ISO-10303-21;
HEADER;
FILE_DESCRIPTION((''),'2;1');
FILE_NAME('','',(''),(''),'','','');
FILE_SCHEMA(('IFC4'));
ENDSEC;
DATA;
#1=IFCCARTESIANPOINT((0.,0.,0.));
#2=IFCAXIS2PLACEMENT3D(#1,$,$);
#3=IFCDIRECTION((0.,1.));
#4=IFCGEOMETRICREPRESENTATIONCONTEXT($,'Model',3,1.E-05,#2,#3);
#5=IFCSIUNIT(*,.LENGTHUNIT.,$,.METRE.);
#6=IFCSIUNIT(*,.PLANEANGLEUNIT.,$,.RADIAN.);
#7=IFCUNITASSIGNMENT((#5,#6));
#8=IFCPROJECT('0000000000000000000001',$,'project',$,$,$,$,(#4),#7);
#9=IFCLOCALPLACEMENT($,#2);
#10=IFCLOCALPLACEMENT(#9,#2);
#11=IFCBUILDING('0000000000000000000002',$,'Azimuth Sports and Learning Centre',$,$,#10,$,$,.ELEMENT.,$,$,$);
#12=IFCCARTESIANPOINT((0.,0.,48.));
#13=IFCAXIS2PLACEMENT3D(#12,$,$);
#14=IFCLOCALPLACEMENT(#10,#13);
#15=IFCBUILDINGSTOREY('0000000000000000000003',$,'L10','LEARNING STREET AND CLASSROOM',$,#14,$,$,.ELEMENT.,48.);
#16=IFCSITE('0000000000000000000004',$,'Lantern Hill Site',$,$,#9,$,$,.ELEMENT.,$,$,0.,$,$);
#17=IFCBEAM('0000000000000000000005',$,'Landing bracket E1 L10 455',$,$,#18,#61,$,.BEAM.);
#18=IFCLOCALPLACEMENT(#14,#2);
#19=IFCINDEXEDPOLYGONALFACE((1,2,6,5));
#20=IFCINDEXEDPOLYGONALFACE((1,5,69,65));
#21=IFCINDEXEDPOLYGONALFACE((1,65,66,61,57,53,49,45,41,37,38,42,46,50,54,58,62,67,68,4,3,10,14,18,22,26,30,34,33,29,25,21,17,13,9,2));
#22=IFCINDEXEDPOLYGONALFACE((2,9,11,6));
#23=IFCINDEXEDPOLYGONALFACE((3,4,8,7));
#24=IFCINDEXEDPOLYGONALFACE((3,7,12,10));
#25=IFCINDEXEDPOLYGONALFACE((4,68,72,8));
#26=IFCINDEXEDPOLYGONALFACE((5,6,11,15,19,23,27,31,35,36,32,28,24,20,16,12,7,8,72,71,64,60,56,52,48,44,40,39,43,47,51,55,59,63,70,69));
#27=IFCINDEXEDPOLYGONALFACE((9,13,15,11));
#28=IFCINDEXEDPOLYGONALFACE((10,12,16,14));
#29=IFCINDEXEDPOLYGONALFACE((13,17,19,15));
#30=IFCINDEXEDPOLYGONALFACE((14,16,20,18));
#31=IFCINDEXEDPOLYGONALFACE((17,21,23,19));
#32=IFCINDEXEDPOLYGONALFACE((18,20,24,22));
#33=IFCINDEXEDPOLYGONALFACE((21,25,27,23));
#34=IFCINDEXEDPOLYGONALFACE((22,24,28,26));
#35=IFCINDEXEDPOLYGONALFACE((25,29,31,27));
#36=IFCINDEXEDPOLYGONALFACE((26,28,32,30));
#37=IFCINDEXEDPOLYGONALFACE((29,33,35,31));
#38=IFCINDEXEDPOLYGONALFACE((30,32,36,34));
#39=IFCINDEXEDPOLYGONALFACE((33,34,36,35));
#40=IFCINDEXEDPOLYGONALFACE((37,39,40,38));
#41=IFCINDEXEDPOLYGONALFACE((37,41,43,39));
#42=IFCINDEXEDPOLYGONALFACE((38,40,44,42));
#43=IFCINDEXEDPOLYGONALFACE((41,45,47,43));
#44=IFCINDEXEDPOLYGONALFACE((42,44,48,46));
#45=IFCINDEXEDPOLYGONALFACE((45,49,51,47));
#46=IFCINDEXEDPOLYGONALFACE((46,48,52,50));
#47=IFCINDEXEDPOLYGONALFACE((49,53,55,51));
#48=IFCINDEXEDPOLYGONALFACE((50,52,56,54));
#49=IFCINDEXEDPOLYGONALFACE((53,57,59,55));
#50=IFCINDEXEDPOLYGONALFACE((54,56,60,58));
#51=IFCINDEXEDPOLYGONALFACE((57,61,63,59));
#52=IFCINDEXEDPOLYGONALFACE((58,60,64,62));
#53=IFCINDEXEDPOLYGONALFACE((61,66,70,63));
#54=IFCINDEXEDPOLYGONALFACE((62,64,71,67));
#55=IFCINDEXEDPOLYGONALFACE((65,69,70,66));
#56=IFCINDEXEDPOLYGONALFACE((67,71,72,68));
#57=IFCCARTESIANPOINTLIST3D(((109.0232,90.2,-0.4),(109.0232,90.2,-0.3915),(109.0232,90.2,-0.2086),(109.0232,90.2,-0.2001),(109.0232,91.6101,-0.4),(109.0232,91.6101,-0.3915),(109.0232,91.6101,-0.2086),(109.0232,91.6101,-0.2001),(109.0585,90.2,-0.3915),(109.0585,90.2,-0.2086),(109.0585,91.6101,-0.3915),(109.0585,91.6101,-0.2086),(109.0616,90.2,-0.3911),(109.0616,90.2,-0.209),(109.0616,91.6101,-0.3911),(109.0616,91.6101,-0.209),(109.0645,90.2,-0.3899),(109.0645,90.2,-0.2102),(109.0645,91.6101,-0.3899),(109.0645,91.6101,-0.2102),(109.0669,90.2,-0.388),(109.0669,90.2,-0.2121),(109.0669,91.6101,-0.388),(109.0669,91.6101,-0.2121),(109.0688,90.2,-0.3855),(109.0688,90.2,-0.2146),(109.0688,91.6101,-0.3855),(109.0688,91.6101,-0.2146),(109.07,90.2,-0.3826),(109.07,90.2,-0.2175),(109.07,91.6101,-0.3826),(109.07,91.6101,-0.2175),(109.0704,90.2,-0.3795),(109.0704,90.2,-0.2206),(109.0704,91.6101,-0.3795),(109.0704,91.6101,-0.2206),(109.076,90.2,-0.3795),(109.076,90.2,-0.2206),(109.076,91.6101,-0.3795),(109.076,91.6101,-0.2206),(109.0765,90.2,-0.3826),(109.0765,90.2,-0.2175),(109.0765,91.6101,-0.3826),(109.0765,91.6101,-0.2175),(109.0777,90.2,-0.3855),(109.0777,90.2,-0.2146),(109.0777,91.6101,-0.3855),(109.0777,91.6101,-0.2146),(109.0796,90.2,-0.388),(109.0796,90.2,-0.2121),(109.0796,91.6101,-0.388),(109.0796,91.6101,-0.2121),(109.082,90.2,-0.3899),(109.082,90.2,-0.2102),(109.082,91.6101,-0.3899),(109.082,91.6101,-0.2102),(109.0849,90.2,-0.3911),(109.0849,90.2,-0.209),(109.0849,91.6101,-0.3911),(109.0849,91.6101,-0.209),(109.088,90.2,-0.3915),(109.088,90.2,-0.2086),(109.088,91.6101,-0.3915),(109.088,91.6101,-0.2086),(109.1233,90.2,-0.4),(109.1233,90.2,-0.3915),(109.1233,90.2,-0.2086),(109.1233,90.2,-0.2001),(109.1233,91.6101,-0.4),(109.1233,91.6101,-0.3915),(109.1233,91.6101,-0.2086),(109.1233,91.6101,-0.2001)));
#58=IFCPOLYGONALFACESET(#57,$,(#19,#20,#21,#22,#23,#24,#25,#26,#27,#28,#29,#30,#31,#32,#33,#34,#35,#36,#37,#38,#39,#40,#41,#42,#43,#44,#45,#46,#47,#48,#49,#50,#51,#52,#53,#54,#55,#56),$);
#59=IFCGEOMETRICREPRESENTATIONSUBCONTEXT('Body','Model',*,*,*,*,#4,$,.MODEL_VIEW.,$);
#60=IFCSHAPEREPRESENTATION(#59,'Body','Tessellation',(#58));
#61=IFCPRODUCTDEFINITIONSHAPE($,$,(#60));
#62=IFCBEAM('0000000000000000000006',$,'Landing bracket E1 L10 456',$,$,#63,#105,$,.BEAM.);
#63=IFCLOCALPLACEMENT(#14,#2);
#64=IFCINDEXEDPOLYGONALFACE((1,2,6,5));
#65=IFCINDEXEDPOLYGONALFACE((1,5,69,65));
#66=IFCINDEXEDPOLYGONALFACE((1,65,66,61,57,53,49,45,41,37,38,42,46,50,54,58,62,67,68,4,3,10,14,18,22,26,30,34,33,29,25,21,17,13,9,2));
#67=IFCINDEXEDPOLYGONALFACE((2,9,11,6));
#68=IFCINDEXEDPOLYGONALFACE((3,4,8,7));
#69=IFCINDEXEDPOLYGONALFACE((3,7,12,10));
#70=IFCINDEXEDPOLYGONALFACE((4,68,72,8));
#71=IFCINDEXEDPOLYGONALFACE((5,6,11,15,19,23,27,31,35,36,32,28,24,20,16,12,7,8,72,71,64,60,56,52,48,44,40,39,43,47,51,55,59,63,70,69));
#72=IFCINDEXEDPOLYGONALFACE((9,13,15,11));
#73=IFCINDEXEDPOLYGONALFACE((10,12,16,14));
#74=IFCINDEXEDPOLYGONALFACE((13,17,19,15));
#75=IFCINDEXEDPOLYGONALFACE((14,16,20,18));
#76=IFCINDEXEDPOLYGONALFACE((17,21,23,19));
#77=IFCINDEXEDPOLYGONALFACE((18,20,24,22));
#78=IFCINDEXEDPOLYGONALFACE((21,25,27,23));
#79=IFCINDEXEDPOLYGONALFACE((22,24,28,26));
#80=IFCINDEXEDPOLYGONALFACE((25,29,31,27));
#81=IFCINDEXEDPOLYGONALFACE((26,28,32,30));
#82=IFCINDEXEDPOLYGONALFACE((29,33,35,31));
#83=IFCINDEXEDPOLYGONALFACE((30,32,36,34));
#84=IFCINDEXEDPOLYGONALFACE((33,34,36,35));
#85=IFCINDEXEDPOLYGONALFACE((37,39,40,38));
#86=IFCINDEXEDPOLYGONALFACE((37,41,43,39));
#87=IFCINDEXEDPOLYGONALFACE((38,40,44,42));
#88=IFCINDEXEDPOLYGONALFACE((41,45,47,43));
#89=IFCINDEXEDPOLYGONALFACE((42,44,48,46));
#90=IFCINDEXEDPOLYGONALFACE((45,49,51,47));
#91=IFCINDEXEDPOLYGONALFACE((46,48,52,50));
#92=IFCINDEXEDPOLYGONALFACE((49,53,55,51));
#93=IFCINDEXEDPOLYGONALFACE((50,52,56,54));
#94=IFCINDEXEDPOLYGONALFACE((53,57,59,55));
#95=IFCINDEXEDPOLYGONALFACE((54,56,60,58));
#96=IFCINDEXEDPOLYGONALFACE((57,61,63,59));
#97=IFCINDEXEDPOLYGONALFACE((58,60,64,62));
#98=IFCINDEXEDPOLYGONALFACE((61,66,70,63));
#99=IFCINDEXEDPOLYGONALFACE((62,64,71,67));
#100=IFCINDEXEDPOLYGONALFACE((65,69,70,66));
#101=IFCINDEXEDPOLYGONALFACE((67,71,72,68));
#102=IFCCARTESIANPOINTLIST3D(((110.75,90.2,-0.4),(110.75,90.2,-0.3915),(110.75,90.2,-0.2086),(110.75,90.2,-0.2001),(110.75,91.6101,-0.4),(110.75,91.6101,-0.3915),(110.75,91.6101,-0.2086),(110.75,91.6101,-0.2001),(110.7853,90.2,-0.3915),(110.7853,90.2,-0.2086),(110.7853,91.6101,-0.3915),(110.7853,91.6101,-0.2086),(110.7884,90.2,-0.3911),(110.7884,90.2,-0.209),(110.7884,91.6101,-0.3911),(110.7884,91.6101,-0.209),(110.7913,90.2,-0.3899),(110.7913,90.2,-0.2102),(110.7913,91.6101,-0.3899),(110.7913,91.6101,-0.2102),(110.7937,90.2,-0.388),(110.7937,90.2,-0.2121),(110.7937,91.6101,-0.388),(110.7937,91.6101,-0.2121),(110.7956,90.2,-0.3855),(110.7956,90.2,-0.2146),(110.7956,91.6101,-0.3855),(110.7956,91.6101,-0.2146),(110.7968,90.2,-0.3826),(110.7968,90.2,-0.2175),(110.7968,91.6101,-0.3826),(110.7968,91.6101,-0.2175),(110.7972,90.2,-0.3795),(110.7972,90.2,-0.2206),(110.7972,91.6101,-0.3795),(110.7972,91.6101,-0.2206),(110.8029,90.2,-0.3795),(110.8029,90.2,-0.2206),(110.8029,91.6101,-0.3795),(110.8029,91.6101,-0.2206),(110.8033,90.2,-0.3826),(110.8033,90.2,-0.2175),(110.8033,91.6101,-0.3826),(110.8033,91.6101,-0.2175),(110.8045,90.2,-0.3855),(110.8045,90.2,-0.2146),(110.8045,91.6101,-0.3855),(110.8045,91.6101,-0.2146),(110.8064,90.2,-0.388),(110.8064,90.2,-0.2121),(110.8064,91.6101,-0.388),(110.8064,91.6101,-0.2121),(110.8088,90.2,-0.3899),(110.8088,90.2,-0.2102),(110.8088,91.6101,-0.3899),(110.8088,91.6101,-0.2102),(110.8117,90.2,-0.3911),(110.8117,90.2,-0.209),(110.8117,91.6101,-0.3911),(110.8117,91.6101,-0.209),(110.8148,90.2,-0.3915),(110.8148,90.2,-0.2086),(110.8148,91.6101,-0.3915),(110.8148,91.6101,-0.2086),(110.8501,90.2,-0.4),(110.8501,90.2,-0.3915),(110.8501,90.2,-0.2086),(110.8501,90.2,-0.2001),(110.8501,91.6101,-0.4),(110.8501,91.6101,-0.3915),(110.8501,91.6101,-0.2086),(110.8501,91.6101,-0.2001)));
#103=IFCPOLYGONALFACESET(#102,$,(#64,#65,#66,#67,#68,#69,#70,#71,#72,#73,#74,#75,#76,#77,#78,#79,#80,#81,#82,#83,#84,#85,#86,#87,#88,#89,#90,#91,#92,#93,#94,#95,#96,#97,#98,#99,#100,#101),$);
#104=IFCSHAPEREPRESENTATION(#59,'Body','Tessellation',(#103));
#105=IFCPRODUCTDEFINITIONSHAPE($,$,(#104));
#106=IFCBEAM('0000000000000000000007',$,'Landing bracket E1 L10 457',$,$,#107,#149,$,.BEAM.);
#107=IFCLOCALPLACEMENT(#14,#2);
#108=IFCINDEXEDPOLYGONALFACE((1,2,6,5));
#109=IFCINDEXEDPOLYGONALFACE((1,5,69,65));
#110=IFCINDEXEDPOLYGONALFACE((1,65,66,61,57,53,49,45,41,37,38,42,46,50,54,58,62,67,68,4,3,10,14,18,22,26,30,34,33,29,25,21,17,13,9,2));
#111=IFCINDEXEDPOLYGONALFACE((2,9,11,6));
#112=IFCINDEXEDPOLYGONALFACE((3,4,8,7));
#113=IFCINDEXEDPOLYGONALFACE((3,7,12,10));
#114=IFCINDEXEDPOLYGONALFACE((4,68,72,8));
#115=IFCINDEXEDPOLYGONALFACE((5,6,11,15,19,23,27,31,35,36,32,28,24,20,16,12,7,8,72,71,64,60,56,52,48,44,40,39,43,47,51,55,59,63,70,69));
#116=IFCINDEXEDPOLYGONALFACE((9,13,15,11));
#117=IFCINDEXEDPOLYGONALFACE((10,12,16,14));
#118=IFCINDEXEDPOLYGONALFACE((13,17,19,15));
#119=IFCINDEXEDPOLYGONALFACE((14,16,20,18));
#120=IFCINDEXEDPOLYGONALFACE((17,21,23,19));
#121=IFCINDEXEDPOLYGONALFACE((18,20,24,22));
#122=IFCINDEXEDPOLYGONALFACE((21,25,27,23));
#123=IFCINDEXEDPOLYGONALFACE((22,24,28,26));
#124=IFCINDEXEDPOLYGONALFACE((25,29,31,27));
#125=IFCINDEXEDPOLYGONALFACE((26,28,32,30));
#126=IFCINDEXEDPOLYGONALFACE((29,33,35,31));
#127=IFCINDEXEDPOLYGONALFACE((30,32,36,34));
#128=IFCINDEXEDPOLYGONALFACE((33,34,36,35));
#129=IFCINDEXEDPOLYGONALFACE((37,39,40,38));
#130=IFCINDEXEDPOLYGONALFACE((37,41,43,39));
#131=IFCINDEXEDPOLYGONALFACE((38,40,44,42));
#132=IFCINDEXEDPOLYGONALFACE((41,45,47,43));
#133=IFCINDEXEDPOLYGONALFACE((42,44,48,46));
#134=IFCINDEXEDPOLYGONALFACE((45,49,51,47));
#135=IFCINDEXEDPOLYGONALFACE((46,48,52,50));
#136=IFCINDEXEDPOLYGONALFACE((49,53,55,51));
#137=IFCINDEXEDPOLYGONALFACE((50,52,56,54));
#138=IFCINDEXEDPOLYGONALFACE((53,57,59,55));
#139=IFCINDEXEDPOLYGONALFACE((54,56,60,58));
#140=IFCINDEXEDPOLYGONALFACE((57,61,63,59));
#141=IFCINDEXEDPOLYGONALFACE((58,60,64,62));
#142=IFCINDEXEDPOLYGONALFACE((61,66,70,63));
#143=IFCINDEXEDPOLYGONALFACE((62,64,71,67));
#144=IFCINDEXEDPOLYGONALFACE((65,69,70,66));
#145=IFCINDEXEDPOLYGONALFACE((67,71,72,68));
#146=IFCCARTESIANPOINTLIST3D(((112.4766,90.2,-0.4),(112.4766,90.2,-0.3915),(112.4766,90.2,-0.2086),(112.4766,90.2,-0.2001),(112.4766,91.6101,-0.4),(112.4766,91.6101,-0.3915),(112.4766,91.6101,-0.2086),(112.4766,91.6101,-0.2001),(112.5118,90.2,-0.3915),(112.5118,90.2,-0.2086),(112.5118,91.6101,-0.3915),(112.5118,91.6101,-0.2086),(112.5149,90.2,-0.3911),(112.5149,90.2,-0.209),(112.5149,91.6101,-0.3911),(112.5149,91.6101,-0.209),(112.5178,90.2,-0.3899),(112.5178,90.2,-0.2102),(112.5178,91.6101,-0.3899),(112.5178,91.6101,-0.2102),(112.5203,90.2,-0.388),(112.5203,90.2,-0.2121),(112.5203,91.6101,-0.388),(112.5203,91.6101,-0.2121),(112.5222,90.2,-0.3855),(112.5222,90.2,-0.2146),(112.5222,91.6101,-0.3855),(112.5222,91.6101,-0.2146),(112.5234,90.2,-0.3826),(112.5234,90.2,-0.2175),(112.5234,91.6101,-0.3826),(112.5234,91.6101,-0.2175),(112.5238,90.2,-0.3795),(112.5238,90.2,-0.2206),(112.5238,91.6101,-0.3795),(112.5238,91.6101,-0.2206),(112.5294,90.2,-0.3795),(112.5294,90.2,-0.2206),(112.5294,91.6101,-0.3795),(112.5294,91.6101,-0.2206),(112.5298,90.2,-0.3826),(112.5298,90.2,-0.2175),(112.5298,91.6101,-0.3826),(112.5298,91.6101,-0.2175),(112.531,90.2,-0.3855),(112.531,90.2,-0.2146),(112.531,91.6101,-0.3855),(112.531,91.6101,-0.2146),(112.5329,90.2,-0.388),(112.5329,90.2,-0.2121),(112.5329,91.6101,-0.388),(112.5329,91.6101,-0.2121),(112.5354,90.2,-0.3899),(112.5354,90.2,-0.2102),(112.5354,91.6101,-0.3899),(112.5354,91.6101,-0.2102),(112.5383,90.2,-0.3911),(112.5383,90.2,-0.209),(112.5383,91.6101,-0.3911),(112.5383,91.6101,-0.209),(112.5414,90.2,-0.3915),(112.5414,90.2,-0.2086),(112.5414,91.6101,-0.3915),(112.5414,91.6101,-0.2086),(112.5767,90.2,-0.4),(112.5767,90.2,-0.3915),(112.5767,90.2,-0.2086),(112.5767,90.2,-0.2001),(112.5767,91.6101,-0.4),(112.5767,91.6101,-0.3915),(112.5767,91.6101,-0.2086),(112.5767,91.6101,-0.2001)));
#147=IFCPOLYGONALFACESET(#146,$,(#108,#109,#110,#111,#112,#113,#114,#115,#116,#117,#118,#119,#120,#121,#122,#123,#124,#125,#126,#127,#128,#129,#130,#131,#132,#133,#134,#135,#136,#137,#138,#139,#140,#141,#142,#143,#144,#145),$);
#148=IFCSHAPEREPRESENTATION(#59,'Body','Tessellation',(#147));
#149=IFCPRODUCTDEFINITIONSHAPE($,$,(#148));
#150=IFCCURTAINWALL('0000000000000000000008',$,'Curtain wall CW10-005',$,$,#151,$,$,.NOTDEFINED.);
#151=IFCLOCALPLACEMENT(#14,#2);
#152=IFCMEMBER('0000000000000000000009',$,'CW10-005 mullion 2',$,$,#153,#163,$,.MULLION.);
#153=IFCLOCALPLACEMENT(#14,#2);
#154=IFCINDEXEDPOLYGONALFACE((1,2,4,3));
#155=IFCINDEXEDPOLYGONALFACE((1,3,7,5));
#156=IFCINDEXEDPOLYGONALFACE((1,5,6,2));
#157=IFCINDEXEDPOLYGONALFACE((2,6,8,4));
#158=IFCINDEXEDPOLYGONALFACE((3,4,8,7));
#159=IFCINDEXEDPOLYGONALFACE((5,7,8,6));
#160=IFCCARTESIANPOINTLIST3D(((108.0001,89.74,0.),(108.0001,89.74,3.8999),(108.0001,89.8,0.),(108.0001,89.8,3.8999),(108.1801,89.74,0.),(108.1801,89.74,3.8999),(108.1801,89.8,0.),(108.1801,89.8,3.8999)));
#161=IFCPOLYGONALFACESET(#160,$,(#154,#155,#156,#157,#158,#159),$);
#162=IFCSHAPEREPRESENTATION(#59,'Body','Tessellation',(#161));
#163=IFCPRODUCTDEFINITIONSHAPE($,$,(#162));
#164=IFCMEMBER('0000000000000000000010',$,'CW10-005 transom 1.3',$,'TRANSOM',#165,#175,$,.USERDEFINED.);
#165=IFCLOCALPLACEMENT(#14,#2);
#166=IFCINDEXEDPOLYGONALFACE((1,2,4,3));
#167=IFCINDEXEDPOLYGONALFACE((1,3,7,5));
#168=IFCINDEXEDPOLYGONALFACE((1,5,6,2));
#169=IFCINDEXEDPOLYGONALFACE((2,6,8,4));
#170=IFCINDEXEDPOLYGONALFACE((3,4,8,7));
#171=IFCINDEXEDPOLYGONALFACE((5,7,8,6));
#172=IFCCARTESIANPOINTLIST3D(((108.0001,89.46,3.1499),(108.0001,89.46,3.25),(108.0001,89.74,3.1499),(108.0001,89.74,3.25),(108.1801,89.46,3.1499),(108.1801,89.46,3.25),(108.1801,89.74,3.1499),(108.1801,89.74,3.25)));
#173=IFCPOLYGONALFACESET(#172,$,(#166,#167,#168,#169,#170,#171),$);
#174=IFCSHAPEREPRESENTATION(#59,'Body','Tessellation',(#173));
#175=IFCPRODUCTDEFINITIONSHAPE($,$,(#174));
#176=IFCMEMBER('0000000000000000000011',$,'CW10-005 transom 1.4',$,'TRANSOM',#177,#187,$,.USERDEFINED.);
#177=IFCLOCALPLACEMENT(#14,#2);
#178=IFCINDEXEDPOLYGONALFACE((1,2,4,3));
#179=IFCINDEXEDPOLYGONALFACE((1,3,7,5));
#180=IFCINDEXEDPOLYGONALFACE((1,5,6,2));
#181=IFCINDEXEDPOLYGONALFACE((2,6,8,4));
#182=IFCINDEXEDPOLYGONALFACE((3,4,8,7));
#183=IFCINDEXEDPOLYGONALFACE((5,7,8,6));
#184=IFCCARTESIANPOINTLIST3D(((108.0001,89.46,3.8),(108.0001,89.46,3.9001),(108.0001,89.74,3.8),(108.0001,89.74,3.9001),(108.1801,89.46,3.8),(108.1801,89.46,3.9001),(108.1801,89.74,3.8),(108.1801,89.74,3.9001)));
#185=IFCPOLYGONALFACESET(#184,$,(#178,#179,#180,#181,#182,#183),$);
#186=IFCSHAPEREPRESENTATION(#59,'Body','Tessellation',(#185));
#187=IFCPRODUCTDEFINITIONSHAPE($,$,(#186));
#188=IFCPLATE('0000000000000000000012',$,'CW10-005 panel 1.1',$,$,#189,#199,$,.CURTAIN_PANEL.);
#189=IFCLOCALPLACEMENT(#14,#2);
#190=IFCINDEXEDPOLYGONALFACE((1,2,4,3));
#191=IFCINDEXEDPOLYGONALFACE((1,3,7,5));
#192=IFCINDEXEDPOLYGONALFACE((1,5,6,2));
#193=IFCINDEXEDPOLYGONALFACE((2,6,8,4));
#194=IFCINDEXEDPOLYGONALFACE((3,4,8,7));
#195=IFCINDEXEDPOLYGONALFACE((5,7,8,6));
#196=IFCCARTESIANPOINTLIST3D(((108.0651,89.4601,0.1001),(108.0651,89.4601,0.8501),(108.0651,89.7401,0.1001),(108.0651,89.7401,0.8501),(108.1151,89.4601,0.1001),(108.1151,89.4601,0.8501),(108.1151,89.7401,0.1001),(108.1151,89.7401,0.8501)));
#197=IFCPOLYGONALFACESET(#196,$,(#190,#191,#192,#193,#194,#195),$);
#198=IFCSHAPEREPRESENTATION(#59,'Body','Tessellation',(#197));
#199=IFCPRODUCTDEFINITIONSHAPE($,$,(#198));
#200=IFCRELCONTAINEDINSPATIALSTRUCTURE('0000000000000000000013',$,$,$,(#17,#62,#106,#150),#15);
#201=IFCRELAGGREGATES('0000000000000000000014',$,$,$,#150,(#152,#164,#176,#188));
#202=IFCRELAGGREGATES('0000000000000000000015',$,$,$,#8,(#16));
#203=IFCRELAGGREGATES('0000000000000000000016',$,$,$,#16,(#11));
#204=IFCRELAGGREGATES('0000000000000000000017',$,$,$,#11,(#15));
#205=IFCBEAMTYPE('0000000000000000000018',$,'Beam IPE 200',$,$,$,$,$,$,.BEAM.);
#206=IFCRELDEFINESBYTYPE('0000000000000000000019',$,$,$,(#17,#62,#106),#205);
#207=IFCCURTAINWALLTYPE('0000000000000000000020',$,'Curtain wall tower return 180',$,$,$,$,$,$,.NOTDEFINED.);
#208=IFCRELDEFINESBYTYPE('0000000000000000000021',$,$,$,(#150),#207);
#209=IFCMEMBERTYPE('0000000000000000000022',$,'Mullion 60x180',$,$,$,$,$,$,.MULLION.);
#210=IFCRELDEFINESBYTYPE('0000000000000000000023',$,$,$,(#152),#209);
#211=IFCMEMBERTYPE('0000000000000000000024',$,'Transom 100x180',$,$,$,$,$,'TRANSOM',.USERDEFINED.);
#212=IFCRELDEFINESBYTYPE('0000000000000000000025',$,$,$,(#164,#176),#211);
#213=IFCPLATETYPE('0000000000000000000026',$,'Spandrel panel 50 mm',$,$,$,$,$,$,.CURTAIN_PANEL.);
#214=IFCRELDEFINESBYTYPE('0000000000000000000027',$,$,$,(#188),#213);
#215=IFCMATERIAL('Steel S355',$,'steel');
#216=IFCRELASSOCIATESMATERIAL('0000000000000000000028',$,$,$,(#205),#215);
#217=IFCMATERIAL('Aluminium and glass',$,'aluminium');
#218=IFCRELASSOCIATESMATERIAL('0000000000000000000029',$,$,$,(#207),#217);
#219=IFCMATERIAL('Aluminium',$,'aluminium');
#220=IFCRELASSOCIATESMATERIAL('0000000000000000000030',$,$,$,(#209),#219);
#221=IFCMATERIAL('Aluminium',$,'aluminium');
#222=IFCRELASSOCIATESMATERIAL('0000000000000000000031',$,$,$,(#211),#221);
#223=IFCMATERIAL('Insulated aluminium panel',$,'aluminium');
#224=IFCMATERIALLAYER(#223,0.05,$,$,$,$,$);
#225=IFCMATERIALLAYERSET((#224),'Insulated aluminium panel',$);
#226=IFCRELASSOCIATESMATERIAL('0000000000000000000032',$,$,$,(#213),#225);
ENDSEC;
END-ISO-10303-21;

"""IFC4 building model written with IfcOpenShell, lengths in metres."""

from ifc_helpers import new_model, si_unit, direction, frame, origin, origin_2d, place, context, subcontext, project, spatial, rectangle, i_section, extrude, material, layer, layer_set, material_profile, profile_set, type_object, element, aggregate, save


model = new_model("IFC4")

# Units and contexts
model_context = context("Model", 3, precision=1e-05, world=origin(), true_north=direction((0.0, 1.0)))
body_context = subcontext(model_context, "Body", "Model", "MODEL_VIEW")
ifc_project = project(units=[si_unit("LENGTHUNIT", "METRE"), si_unit("PLANEANGLEUNIT", "RADIAN")], contexts=[model_context])

# Site, building, storey
site_placement = place(None, origin())
site = spatial("IfcSite", under=ifc_project, at=site_placement, Name="Lantern Hill Site", CompositionType="ELEMENT", RefElevation=0.0)
building_placement = place(site_placement, origin())
building = spatial("IfcBuilding", under=site, at=building_placement, Name="Azimuth Sports and Learning Centre", CompositionType="ELEMENT")
storey_placement = place(building_placement, frame((0.0, 0.0, 48.0)))
storey = spatial("IfcBuildingStorey", under=building, at=storey_placement, Name="L10", Description="LEARNING STREET AND CLASSROOM", CompositionType="ELEMENT", Elevation=48.0)

# Beams
ifc_material_1 = material(Name="Steel S355", Category="steel")
ifc_material_profile_1 = material_profile(ifc_material_1, i_section(OverallWidth=0.1001, OverallDepth=0.2, WebThickness=0.0056, FlangeThickness=0.0085, FilletRadius=0.012, at=origin_2d()), Name="IPE 200")
ifc_profile_set_1 = profile_set([ifc_material_profile_1], Name="Steel S355")
beam_type = type_object("IfcBeamType", Name="Beam IPE 200", PredefinedType="BEAM", material=ifc_profile_set_1)
for number, where, z_axis, x_axis, name in (
    (1, (109.0732, 90.2, -0.3), (0.0, 1.0, 0.0), (-1.0, 0.0, 0.0), "Landing bracket E1 L10 455"),
    (2, (110.8, 90.2, -0.3), (0.0, 1.0, 0.0), (-1.0, 0.0, 0.0), "Landing bracket E1 L10 456"),
    (3, (112.5266, 90.2, -0.3), (0.0, 1.0, 0.0), (-1.0, 0.0, 0.0), "Landing bracket E1 L10 457"),
):
    element("IfcBeam", number, at=place(storey_placement, frame(where, z_axis=z_axis, x_axis=x_axis)), inside=storey, type_object=beam_type, Name=name, PredefinedType="BEAM", context=body_context, shape_type="SweptSolid", body=[
        extrude(i_section(OverallWidth=0.1001, OverallDepth=0.2, WebThickness=0.0056, FlangeThickness=0.0085, FilletRadius=0.012, at=origin_2d()), origin(), (0.0, 0.0, 1.0), 1.4102),
    ])

# Curtain wall, members, plate
ifc_material_2 = material(Name="Aluminium and glass", Category="aluminium")
curtain_wall_type = type_object("IfcCurtainWallType", Name="Curtain wall tower return 180", PredefinedType="NOTDEFINED", material=ifc_material_2)
curtain_wall_placement = place(storey_placement, origin())
curtain_wall = element("IfcCurtainWall", 4, at=curtain_wall_placement, inside=storey, type_object=curtain_wall_type, Name="Curtain wall CW10-005", PredefinedType="NOTDEFINED")
ifc_material_3 = material(Name="Aluminium", Category="aluminium")
ifc_material_profile_2 = material_profile(ifc_material_3, rectangle(XDim=0.1799, YDim=0.0601, at=origin_2d()), Name="Mullion 60x180")
ifc_profile_set_2 = profile_set([ifc_material_profile_2], Name="Aluminium")
member_type_1 = type_object("IfcMemberType", Name="Mullion 60x180", PredefinedType="MULLION", material=ifc_profile_set_2)
member_1_placement = place(storey_placement, frame((108.0901, 89.77, 0.0), z_axis=(0.0, 0.0, 1.0), x_axis=(-1.0, 0.0, 0.0)))
member_1 = element("IfcMember", 5, at=member_1_placement, type_object=member_type_1, Name="CW10-005 mullion 2", PredefinedType="MULLION", context=body_context, shape_type="SweptSolid", body=[
    extrude(rectangle(XDim=0.1799, YDim=0.0601, at=origin_2d()), origin(), (0.0, 0.0, 1.0), 3.8999),
])
ifc_material_4 = material(Name="Aluminium", Category="aluminium")
ifc_material_profile_3 = material_profile(ifc_material_4, rectangle(XDim=0.1799, YDim=0.1001, at=origin_2d()), Name="Transom 100x180")
ifc_profile_set_3 = profile_set([ifc_material_profile_3], Name="Aluminium")
member_type_2 = type_object("IfcMemberType", Name="Transom 100x180", ElementType="TRANSOM", PredefinedType="USERDEFINED", material=ifc_profile_set_3)
member_2_placement = place(storey_placement, frame((108.0901, 89.46, 3.2), z_axis=(0.0, 1.0, 0.0), x_axis=(-1.0, 0.0, 0.0)))
member_2 = element("IfcMember", 6, at=member_2_placement, type_object=member_type_2, Name="CW10-005 transom 1.3", ObjectType="TRANSOM", PredefinedType="USERDEFINED", context=body_context, shape_type="SweptSolid", body=[
    extrude(rectangle(XDim=0.1799, YDim=0.1001, at=origin_2d()), origin(), (0.0, 0.0, 1.0), 0.28),
])
member_3_placement = place(storey_placement, frame((108.0901, 89.46, 3.8501), z_axis=(0.0, 1.0, 0.0), x_axis=(-1.0, 0.0, 0.0)))
member_3 = element("IfcMember", 7, at=member_3_placement, type_object=member_type_2, Name="CW10-005 transom 1.4", ObjectType="TRANSOM", PredefinedType="USERDEFINED", context=body_context, shape_type="SweptSolid", body=[
    extrude(rectangle(XDim=0.1799, YDim=0.1001, at=origin_2d()), origin(), (0.0, 0.0, 1.0), 0.28),
])
ifc_material_5 = material(Name="Insulated aluminium panel", Category="aluminium")
ifc_layer_1 = layer(ifc_material_5, 0.05)
ifc_layer_set_1 = layer_set([ifc_layer_1], Name="Insulated aluminium panel")
plate_type_1 = type_object("IfcPlateType", Name="Spandrel panel 50 mm", PredefinedType="CURTAIN_PANEL", material=ifc_layer_set_1)
plate_1_placement = place(storey_placement, frame((108.0901, 89.6001, 0.1001), z_axis=(0.0, 0.0, 1.0), x_axis=(0.0, 1.0, 0.0)))
plate_1 = element("IfcPlate", 8, at=plate_1_placement, type_object=plate_type_1, Name="CW10-005 panel 1.1", PredefinedType="CURTAIN_PANEL", context=body_context, shape_type="SweptSolid", body=[
    extrude(rectangle(XDim=0.28, YDim=0.05, at=origin_2d()), origin(), (0.0, 0.0, 1.0), 0.75),
])
aggregate(curtain_wall, [member_1, member_2, member_3, plate_1])

save(model, "model.ifc")
